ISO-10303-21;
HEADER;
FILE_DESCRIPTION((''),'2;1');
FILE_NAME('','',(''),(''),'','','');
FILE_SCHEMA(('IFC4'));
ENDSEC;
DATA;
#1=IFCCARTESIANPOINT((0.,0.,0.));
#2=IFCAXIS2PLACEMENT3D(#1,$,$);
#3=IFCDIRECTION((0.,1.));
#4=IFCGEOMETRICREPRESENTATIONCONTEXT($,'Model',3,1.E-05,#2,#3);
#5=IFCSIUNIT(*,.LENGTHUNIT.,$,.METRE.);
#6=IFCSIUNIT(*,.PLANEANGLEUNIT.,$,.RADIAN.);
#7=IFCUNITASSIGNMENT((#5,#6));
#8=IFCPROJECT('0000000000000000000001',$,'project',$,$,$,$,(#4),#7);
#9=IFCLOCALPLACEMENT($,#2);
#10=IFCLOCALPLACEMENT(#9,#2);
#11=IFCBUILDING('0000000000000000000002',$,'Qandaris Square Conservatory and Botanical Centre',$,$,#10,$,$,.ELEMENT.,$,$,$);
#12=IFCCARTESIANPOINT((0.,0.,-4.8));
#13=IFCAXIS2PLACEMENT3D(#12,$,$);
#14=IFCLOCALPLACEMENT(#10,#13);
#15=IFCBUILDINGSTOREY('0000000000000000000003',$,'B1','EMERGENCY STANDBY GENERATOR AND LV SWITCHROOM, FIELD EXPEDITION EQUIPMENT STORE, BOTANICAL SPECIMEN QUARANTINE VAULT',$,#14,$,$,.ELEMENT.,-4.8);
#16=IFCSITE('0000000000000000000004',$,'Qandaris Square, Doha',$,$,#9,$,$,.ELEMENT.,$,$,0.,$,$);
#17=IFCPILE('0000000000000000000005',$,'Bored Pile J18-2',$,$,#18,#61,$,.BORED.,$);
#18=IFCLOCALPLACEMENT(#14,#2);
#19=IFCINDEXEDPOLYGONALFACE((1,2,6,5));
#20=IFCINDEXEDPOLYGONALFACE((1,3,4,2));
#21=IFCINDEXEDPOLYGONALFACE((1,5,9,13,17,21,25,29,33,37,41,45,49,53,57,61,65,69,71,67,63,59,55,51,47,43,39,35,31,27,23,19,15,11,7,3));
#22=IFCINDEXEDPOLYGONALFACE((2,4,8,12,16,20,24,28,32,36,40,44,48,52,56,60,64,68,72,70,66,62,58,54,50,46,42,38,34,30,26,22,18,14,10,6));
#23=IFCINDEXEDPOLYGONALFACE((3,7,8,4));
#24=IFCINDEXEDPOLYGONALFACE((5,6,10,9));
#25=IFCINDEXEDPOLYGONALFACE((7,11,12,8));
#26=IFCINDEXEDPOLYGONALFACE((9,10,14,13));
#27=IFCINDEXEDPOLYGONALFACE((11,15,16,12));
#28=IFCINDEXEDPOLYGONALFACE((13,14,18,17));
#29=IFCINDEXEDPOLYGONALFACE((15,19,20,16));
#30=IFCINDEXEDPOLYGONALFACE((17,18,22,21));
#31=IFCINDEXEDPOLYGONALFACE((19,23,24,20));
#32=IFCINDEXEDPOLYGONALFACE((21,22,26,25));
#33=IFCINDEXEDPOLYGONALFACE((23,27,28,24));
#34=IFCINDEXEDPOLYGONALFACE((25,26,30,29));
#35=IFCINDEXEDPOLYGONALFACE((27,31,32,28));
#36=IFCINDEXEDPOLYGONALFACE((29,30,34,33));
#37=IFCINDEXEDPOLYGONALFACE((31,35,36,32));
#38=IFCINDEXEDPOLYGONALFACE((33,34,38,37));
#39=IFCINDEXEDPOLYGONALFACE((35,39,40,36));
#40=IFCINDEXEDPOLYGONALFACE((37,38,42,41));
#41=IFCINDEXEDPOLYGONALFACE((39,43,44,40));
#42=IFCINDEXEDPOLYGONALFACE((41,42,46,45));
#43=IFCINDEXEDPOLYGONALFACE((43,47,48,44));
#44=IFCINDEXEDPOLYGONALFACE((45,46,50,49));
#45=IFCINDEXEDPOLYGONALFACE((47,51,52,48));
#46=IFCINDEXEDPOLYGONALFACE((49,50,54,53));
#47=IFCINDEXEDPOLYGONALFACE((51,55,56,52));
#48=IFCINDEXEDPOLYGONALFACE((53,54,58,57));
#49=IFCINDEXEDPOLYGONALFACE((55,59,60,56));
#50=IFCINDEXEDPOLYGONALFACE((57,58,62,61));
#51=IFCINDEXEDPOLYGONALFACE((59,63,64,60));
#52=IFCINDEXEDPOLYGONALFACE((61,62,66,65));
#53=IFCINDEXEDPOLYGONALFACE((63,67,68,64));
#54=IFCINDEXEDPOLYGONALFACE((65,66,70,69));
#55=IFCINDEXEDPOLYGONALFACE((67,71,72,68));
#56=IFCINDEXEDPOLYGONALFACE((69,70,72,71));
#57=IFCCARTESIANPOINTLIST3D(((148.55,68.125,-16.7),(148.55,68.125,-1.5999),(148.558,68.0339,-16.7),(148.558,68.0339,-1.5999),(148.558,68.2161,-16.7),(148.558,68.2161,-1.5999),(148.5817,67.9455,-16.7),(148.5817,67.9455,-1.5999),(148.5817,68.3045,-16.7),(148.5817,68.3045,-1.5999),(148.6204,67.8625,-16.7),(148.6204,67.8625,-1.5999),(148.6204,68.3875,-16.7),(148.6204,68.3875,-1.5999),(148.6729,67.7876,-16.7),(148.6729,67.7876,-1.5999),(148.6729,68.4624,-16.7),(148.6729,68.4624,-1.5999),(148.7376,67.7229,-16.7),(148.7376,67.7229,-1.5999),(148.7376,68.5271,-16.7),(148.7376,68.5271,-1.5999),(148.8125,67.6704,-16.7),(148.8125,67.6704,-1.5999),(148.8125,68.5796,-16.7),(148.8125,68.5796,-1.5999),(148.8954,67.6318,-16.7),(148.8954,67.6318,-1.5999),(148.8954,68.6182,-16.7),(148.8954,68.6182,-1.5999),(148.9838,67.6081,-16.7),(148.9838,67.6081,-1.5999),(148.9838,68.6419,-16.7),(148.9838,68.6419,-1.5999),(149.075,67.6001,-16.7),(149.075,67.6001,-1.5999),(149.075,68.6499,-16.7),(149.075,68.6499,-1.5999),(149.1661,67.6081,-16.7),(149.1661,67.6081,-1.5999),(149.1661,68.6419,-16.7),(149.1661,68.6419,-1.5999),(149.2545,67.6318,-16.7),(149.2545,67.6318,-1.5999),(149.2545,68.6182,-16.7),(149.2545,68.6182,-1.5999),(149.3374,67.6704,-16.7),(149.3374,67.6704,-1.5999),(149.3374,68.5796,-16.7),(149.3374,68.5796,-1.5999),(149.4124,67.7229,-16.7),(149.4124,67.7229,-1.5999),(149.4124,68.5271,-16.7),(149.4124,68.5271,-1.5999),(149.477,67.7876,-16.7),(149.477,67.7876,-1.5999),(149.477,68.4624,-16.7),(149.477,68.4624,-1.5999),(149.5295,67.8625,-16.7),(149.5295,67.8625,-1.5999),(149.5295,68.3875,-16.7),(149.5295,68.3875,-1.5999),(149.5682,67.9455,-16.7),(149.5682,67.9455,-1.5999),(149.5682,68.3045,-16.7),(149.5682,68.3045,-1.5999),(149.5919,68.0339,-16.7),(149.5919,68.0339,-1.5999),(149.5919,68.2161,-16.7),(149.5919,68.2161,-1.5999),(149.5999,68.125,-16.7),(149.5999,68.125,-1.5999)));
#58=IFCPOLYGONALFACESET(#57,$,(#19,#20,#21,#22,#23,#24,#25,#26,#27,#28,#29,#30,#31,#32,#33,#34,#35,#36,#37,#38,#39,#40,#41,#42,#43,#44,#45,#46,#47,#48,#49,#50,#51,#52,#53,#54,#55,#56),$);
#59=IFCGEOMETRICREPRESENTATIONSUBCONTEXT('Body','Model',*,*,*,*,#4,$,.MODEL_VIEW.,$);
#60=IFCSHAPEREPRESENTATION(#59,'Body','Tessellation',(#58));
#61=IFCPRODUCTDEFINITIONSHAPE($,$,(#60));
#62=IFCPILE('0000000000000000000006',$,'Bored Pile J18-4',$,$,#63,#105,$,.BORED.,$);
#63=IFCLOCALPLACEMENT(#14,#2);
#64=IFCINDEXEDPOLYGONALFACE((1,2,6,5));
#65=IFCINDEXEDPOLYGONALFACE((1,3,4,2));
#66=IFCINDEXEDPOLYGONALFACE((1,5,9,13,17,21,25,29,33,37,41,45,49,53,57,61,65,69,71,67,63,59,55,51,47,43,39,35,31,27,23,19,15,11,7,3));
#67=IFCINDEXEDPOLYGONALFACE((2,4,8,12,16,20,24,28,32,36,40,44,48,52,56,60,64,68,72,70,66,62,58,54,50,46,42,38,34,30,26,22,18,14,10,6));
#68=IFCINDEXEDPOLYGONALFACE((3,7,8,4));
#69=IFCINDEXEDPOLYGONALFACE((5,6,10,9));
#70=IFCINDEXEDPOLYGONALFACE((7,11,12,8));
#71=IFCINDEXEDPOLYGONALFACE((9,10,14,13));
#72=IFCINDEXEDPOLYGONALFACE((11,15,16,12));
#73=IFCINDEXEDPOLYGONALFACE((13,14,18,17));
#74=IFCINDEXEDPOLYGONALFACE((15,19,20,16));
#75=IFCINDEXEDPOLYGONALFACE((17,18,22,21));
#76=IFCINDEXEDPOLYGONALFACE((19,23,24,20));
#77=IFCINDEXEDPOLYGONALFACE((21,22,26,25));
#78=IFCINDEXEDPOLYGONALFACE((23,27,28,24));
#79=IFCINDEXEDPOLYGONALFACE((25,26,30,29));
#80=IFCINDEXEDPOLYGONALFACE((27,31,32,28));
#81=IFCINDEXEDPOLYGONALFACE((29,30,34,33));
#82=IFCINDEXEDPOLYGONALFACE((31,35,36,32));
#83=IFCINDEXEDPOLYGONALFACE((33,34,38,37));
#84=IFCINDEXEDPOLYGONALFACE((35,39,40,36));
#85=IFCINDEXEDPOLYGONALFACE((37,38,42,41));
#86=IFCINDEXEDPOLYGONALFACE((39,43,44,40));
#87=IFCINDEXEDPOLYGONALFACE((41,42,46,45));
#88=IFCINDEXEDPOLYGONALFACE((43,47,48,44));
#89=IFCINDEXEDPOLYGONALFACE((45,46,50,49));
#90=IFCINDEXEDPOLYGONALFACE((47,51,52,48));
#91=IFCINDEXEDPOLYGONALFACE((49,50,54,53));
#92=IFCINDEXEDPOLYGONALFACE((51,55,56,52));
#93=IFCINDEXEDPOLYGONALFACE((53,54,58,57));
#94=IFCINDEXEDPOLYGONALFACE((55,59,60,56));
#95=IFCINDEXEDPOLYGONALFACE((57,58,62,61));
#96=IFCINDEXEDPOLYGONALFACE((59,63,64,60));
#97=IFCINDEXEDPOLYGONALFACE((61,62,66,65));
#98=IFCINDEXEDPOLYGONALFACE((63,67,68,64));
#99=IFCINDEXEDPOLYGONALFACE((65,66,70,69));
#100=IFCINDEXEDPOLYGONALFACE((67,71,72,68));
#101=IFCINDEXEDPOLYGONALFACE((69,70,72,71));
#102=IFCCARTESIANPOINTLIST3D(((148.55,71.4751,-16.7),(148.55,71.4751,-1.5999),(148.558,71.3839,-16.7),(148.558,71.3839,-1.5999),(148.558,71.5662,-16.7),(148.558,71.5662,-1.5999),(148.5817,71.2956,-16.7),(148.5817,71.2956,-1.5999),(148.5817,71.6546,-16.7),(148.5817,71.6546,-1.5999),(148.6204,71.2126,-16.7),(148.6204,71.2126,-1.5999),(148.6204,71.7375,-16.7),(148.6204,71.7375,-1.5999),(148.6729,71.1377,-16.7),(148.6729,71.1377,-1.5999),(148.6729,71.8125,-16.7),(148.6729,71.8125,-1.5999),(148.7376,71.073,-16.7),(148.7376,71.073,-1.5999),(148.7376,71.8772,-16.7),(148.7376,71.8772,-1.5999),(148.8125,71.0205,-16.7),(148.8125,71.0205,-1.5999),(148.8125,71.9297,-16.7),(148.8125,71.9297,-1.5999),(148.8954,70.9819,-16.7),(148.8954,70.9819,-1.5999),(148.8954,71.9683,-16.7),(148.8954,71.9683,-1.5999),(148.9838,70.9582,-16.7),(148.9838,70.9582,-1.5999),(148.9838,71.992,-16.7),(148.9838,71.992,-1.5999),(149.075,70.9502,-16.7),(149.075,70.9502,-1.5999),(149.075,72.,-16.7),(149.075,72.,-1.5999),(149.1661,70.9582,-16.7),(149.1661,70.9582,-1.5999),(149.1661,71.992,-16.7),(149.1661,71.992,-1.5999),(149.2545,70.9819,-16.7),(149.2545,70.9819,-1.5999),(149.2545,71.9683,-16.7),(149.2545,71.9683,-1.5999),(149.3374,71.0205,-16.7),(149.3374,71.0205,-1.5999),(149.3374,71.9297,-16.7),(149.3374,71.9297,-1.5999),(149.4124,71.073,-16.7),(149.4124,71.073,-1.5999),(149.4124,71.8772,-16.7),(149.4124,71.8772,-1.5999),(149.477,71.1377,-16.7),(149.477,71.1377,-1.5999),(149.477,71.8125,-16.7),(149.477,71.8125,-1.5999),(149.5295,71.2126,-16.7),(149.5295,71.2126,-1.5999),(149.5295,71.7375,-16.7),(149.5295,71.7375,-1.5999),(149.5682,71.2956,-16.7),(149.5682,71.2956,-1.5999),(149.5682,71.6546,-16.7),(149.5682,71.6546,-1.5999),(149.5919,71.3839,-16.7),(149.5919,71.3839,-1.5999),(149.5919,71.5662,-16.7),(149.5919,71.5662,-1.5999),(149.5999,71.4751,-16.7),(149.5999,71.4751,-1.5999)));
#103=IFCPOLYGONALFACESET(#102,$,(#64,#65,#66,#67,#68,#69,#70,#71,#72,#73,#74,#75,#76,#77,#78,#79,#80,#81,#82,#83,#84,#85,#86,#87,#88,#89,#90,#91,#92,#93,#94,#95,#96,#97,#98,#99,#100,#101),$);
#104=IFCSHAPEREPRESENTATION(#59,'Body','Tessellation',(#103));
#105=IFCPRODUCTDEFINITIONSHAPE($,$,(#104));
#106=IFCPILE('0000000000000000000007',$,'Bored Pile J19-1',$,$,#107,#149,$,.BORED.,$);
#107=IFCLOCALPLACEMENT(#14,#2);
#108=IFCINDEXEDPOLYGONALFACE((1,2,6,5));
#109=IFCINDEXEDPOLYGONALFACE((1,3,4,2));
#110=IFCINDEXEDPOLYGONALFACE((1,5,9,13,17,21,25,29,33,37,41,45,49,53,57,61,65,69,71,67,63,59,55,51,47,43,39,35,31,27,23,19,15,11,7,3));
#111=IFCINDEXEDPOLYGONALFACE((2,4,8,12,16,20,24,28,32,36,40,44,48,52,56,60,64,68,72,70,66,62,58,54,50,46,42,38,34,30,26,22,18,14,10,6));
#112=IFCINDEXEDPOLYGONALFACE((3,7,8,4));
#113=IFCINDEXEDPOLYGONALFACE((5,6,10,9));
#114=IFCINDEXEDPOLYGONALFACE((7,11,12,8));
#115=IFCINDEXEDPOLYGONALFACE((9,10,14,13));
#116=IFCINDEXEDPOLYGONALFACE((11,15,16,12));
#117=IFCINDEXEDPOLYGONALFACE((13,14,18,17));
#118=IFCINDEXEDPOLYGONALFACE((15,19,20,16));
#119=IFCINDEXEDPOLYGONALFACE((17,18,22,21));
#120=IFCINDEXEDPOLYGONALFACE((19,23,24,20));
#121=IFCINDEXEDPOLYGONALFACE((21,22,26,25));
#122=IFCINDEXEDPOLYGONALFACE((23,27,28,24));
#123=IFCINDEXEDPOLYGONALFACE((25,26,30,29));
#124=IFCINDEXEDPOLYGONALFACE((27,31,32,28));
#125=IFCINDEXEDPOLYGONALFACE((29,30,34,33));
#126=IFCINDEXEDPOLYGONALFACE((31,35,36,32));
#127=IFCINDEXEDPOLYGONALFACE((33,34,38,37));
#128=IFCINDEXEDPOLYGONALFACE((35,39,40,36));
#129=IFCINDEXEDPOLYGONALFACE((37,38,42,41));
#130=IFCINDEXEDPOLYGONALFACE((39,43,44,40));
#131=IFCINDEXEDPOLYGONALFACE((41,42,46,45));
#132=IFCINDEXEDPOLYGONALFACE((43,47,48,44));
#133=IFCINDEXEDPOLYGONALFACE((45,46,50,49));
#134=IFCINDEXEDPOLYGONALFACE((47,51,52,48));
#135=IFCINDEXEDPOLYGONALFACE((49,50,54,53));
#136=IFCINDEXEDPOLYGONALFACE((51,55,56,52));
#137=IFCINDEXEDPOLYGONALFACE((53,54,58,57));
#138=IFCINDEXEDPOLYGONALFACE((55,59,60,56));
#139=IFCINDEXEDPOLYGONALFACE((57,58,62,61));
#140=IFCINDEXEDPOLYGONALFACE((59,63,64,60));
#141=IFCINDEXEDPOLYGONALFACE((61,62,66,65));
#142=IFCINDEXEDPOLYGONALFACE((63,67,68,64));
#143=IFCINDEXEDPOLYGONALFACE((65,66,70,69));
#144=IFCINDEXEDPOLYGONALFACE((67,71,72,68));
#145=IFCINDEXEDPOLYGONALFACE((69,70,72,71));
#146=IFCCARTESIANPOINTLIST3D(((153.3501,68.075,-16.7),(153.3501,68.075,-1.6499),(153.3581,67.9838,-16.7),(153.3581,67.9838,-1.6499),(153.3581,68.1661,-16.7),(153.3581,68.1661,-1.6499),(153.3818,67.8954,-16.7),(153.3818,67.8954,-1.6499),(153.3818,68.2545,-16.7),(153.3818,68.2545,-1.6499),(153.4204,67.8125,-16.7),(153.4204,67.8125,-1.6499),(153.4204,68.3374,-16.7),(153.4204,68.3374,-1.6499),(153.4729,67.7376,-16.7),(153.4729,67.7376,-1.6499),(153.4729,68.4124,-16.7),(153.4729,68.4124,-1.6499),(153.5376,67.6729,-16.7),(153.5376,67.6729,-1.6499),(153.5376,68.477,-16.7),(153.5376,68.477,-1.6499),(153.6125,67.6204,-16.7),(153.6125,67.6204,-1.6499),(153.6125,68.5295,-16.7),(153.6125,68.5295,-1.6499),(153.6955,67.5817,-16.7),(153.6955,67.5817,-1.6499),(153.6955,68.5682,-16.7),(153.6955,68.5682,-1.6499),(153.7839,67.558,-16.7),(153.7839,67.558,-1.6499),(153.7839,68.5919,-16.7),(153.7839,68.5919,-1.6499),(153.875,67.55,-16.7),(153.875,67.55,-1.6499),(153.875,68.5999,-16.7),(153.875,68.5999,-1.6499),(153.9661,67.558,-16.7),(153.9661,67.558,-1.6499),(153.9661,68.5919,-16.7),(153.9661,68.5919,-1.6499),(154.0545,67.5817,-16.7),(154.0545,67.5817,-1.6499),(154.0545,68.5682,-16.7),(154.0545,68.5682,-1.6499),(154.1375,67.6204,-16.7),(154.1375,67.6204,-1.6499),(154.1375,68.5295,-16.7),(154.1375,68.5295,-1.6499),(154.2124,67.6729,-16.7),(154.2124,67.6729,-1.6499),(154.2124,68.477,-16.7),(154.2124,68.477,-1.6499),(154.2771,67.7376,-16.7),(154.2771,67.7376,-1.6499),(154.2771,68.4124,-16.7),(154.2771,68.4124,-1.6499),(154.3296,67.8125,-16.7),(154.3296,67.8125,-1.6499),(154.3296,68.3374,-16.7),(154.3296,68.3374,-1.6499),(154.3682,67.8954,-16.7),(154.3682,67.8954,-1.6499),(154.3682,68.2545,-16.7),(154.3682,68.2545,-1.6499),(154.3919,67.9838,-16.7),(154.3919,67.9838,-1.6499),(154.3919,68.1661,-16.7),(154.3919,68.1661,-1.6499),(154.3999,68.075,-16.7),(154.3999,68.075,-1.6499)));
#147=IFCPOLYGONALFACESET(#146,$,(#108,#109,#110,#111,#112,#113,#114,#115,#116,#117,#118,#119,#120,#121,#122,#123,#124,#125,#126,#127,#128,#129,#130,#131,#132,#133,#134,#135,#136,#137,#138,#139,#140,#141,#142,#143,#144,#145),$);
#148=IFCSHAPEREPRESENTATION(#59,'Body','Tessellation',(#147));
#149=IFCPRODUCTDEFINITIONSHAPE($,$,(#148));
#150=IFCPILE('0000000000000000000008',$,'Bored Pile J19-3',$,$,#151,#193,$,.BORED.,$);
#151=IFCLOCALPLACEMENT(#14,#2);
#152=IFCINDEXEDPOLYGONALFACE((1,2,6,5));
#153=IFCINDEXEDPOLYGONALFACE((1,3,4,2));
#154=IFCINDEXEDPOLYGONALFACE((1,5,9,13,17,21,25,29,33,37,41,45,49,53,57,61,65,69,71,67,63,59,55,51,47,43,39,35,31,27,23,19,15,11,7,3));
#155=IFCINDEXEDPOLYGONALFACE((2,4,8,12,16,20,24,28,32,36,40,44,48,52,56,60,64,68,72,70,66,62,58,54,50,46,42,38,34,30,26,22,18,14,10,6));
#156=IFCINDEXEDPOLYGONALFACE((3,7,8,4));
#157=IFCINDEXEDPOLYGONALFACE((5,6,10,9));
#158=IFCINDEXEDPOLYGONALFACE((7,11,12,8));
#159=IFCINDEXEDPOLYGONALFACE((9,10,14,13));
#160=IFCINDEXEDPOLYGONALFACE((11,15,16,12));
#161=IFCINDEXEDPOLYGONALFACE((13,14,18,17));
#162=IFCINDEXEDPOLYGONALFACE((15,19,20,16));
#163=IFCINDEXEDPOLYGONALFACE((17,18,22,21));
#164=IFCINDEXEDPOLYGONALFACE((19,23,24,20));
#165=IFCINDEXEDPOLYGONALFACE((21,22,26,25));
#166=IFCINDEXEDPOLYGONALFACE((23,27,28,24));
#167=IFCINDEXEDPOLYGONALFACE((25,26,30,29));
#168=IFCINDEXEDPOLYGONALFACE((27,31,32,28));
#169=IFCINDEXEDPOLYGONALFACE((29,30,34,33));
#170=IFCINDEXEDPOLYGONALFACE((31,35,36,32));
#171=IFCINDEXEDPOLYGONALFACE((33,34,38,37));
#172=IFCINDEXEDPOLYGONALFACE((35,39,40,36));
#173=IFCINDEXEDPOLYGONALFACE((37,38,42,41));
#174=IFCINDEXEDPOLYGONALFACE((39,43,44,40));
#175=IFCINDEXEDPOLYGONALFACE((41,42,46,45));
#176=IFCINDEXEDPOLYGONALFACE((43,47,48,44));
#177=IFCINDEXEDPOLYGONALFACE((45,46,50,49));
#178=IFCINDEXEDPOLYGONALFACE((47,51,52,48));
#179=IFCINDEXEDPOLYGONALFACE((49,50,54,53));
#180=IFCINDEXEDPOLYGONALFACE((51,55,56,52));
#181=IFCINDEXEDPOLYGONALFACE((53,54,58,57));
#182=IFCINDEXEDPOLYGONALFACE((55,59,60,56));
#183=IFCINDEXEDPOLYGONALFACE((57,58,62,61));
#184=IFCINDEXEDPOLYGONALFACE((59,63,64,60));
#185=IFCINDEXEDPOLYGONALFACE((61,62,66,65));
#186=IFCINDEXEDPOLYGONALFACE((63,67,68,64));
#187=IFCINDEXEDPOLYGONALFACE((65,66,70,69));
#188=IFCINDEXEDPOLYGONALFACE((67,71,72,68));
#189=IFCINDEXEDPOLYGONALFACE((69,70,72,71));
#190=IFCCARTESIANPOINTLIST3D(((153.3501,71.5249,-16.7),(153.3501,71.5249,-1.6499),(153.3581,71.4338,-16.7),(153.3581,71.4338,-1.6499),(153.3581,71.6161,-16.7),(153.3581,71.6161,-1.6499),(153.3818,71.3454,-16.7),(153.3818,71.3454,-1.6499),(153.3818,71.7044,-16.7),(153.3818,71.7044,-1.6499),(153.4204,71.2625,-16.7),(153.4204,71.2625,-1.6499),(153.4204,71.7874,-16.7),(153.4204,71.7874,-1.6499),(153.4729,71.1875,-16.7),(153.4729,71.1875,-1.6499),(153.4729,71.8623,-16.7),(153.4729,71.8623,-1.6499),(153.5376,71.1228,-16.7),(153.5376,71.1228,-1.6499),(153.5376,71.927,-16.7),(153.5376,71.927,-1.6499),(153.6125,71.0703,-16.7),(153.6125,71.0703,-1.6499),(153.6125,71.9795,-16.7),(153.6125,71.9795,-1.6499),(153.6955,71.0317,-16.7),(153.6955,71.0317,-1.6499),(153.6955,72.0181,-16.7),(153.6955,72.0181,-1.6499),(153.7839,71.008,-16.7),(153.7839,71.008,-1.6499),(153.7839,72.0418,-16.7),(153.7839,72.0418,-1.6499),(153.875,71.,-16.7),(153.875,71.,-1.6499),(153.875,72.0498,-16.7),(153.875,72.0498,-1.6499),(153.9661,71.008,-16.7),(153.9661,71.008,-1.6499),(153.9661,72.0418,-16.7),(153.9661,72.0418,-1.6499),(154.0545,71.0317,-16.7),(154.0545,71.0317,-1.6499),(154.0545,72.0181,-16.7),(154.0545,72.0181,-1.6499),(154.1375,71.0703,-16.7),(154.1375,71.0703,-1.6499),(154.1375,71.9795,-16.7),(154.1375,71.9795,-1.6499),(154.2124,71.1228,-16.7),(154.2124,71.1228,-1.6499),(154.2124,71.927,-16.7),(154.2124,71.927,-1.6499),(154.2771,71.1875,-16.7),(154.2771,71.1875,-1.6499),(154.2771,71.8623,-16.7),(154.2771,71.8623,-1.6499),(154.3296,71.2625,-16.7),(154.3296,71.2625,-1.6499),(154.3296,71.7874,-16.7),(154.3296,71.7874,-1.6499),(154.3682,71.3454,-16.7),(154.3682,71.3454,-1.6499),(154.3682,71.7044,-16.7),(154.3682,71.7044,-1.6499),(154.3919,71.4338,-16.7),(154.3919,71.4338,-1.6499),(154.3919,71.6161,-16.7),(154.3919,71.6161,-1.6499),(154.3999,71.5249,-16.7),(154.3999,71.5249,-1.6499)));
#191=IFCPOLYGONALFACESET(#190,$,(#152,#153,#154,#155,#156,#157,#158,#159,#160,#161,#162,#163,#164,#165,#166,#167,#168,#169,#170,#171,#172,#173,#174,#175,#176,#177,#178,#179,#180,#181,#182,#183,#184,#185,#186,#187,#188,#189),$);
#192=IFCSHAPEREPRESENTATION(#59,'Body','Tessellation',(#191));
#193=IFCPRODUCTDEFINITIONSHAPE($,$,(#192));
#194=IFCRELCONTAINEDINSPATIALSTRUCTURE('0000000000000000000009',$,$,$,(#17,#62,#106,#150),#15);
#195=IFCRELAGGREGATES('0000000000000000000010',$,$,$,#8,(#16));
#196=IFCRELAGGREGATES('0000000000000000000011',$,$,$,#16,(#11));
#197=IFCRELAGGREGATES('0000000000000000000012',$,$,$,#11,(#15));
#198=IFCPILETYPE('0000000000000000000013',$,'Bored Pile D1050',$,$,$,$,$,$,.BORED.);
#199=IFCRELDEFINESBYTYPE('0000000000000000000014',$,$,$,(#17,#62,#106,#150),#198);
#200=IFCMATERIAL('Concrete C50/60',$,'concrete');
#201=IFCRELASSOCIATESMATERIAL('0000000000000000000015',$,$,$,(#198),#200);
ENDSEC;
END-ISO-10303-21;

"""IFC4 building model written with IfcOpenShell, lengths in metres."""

from ifc_helpers import new_model, si_unit, direction, frame, origin, origin_2d, place, context, subcontext, project, spatial, circle, extrude, material, material_profile, profile_set, type_object, element, save


model = new_model("IFC4")

# Units and contexts
model_context = context("Model", 3, precision=1e-05, world=origin(), true_north=direction((0.0, 1.0)))
body_context = subcontext(model_context, "Body", "Model", "MODEL_VIEW")
ifc_project = project(units=[si_unit("LENGTHUNIT", "METRE"), si_unit("PLANEANGLEUNIT", "RADIAN")], contexts=[model_context])

# Site, building, storey
site_placement = place(None, origin())
site = spatial("IfcSite", under=ifc_project, at=site_placement, Name="Qandaris Square, Doha", CompositionType="ELEMENT", RefElevation=0.0)
building_placement = place(site_placement, origin())
building = spatial("IfcBuilding", under=site, at=building_placement, Name="Qandaris Square Conservatory and Botanical Centre", CompositionType="ELEMENT")
storey_placement = place(building_placement, frame((0.0, 0.0, -4.8)))
storey = spatial("IfcBuildingStorey", under=building, at=storey_placement, Name="B1", Description="EMERGENCY STANDBY GENERATOR AND LV SWITCHROOM, FIELD EXPEDITION EQUIPMENT STORE, BOTANICAL SPECIMEN QUARANTINE VAULT", CompositionType="ELEMENT", Elevation=-4.8)

# Piles
ifc_material_1 = material(Name="Concrete C50/60", Category="concrete")
ifc_material_profile_1 = material_profile(ifc_material_1, circle(Radius=0.5249, at=origin_2d()), Name="PILE D1050")
ifc_profile_set_1 = profile_set([ifc_material_profile_1], Name="Concrete C50/60")
pile_type_1 = type_object("IfcPileType", Name="Bored Pile D1050", PredefinedType="BORED", material=ifc_profile_set_1)
for number, where, z_axis, x_axis, name in (
    (1, (149.075, 68.125, -1.5999), (0.0, 0.0, -1.0), (1.0, 0.0, 0.0), "Bored Pile J18-2"),
    (2, (149.075, 71.4751, -1.5999), (0.0, 0.0, -1.0), (1.0, 0.0, 0.0), "Bored Pile J18-4"),
):
    element("IfcPile", number, at=place(storey_placement, frame(where, z_axis=z_axis, x_axis=x_axis)), inside=storey, type_object=pile_type_1, Name=name, PredefinedType="BORED", context=body_context, shape_type="SweptSolid", body=[
        extrude(circle(Radius=0.5249, at=origin_2d()), origin(), (0.0, 0.0, 1.0), 15.1001),
    ])
for number, where, z_axis, x_axis, name in (
    (3, (153.875, 68.075, -1.6499), (0.0, 0.0, -1.0), (1.0, 0.0, 0.0), "Bored Pile J19-1"),
    (4, (153.875, 71.5249, -1.6499), (0.0, 0.0, -1.0), (1.0, 0.0, 0.0), "Bored Pile J19-3"),
):
    element("IfcPile", number, at=place(storey_placement, frame(where, z_axis=z_axis, x_axis=x_axis)), inside=storey, type_object=pile_type_1, Name=name, PredefinedType="BORED", context=body_context, shape_type="SweptSolid", body=[
        extrude(circle(Radius=0.5249, at=origin_2d()), origin(), (0.0, 0.0, 1.0), 15.05),
    ])

save(model, "model.ifc")
